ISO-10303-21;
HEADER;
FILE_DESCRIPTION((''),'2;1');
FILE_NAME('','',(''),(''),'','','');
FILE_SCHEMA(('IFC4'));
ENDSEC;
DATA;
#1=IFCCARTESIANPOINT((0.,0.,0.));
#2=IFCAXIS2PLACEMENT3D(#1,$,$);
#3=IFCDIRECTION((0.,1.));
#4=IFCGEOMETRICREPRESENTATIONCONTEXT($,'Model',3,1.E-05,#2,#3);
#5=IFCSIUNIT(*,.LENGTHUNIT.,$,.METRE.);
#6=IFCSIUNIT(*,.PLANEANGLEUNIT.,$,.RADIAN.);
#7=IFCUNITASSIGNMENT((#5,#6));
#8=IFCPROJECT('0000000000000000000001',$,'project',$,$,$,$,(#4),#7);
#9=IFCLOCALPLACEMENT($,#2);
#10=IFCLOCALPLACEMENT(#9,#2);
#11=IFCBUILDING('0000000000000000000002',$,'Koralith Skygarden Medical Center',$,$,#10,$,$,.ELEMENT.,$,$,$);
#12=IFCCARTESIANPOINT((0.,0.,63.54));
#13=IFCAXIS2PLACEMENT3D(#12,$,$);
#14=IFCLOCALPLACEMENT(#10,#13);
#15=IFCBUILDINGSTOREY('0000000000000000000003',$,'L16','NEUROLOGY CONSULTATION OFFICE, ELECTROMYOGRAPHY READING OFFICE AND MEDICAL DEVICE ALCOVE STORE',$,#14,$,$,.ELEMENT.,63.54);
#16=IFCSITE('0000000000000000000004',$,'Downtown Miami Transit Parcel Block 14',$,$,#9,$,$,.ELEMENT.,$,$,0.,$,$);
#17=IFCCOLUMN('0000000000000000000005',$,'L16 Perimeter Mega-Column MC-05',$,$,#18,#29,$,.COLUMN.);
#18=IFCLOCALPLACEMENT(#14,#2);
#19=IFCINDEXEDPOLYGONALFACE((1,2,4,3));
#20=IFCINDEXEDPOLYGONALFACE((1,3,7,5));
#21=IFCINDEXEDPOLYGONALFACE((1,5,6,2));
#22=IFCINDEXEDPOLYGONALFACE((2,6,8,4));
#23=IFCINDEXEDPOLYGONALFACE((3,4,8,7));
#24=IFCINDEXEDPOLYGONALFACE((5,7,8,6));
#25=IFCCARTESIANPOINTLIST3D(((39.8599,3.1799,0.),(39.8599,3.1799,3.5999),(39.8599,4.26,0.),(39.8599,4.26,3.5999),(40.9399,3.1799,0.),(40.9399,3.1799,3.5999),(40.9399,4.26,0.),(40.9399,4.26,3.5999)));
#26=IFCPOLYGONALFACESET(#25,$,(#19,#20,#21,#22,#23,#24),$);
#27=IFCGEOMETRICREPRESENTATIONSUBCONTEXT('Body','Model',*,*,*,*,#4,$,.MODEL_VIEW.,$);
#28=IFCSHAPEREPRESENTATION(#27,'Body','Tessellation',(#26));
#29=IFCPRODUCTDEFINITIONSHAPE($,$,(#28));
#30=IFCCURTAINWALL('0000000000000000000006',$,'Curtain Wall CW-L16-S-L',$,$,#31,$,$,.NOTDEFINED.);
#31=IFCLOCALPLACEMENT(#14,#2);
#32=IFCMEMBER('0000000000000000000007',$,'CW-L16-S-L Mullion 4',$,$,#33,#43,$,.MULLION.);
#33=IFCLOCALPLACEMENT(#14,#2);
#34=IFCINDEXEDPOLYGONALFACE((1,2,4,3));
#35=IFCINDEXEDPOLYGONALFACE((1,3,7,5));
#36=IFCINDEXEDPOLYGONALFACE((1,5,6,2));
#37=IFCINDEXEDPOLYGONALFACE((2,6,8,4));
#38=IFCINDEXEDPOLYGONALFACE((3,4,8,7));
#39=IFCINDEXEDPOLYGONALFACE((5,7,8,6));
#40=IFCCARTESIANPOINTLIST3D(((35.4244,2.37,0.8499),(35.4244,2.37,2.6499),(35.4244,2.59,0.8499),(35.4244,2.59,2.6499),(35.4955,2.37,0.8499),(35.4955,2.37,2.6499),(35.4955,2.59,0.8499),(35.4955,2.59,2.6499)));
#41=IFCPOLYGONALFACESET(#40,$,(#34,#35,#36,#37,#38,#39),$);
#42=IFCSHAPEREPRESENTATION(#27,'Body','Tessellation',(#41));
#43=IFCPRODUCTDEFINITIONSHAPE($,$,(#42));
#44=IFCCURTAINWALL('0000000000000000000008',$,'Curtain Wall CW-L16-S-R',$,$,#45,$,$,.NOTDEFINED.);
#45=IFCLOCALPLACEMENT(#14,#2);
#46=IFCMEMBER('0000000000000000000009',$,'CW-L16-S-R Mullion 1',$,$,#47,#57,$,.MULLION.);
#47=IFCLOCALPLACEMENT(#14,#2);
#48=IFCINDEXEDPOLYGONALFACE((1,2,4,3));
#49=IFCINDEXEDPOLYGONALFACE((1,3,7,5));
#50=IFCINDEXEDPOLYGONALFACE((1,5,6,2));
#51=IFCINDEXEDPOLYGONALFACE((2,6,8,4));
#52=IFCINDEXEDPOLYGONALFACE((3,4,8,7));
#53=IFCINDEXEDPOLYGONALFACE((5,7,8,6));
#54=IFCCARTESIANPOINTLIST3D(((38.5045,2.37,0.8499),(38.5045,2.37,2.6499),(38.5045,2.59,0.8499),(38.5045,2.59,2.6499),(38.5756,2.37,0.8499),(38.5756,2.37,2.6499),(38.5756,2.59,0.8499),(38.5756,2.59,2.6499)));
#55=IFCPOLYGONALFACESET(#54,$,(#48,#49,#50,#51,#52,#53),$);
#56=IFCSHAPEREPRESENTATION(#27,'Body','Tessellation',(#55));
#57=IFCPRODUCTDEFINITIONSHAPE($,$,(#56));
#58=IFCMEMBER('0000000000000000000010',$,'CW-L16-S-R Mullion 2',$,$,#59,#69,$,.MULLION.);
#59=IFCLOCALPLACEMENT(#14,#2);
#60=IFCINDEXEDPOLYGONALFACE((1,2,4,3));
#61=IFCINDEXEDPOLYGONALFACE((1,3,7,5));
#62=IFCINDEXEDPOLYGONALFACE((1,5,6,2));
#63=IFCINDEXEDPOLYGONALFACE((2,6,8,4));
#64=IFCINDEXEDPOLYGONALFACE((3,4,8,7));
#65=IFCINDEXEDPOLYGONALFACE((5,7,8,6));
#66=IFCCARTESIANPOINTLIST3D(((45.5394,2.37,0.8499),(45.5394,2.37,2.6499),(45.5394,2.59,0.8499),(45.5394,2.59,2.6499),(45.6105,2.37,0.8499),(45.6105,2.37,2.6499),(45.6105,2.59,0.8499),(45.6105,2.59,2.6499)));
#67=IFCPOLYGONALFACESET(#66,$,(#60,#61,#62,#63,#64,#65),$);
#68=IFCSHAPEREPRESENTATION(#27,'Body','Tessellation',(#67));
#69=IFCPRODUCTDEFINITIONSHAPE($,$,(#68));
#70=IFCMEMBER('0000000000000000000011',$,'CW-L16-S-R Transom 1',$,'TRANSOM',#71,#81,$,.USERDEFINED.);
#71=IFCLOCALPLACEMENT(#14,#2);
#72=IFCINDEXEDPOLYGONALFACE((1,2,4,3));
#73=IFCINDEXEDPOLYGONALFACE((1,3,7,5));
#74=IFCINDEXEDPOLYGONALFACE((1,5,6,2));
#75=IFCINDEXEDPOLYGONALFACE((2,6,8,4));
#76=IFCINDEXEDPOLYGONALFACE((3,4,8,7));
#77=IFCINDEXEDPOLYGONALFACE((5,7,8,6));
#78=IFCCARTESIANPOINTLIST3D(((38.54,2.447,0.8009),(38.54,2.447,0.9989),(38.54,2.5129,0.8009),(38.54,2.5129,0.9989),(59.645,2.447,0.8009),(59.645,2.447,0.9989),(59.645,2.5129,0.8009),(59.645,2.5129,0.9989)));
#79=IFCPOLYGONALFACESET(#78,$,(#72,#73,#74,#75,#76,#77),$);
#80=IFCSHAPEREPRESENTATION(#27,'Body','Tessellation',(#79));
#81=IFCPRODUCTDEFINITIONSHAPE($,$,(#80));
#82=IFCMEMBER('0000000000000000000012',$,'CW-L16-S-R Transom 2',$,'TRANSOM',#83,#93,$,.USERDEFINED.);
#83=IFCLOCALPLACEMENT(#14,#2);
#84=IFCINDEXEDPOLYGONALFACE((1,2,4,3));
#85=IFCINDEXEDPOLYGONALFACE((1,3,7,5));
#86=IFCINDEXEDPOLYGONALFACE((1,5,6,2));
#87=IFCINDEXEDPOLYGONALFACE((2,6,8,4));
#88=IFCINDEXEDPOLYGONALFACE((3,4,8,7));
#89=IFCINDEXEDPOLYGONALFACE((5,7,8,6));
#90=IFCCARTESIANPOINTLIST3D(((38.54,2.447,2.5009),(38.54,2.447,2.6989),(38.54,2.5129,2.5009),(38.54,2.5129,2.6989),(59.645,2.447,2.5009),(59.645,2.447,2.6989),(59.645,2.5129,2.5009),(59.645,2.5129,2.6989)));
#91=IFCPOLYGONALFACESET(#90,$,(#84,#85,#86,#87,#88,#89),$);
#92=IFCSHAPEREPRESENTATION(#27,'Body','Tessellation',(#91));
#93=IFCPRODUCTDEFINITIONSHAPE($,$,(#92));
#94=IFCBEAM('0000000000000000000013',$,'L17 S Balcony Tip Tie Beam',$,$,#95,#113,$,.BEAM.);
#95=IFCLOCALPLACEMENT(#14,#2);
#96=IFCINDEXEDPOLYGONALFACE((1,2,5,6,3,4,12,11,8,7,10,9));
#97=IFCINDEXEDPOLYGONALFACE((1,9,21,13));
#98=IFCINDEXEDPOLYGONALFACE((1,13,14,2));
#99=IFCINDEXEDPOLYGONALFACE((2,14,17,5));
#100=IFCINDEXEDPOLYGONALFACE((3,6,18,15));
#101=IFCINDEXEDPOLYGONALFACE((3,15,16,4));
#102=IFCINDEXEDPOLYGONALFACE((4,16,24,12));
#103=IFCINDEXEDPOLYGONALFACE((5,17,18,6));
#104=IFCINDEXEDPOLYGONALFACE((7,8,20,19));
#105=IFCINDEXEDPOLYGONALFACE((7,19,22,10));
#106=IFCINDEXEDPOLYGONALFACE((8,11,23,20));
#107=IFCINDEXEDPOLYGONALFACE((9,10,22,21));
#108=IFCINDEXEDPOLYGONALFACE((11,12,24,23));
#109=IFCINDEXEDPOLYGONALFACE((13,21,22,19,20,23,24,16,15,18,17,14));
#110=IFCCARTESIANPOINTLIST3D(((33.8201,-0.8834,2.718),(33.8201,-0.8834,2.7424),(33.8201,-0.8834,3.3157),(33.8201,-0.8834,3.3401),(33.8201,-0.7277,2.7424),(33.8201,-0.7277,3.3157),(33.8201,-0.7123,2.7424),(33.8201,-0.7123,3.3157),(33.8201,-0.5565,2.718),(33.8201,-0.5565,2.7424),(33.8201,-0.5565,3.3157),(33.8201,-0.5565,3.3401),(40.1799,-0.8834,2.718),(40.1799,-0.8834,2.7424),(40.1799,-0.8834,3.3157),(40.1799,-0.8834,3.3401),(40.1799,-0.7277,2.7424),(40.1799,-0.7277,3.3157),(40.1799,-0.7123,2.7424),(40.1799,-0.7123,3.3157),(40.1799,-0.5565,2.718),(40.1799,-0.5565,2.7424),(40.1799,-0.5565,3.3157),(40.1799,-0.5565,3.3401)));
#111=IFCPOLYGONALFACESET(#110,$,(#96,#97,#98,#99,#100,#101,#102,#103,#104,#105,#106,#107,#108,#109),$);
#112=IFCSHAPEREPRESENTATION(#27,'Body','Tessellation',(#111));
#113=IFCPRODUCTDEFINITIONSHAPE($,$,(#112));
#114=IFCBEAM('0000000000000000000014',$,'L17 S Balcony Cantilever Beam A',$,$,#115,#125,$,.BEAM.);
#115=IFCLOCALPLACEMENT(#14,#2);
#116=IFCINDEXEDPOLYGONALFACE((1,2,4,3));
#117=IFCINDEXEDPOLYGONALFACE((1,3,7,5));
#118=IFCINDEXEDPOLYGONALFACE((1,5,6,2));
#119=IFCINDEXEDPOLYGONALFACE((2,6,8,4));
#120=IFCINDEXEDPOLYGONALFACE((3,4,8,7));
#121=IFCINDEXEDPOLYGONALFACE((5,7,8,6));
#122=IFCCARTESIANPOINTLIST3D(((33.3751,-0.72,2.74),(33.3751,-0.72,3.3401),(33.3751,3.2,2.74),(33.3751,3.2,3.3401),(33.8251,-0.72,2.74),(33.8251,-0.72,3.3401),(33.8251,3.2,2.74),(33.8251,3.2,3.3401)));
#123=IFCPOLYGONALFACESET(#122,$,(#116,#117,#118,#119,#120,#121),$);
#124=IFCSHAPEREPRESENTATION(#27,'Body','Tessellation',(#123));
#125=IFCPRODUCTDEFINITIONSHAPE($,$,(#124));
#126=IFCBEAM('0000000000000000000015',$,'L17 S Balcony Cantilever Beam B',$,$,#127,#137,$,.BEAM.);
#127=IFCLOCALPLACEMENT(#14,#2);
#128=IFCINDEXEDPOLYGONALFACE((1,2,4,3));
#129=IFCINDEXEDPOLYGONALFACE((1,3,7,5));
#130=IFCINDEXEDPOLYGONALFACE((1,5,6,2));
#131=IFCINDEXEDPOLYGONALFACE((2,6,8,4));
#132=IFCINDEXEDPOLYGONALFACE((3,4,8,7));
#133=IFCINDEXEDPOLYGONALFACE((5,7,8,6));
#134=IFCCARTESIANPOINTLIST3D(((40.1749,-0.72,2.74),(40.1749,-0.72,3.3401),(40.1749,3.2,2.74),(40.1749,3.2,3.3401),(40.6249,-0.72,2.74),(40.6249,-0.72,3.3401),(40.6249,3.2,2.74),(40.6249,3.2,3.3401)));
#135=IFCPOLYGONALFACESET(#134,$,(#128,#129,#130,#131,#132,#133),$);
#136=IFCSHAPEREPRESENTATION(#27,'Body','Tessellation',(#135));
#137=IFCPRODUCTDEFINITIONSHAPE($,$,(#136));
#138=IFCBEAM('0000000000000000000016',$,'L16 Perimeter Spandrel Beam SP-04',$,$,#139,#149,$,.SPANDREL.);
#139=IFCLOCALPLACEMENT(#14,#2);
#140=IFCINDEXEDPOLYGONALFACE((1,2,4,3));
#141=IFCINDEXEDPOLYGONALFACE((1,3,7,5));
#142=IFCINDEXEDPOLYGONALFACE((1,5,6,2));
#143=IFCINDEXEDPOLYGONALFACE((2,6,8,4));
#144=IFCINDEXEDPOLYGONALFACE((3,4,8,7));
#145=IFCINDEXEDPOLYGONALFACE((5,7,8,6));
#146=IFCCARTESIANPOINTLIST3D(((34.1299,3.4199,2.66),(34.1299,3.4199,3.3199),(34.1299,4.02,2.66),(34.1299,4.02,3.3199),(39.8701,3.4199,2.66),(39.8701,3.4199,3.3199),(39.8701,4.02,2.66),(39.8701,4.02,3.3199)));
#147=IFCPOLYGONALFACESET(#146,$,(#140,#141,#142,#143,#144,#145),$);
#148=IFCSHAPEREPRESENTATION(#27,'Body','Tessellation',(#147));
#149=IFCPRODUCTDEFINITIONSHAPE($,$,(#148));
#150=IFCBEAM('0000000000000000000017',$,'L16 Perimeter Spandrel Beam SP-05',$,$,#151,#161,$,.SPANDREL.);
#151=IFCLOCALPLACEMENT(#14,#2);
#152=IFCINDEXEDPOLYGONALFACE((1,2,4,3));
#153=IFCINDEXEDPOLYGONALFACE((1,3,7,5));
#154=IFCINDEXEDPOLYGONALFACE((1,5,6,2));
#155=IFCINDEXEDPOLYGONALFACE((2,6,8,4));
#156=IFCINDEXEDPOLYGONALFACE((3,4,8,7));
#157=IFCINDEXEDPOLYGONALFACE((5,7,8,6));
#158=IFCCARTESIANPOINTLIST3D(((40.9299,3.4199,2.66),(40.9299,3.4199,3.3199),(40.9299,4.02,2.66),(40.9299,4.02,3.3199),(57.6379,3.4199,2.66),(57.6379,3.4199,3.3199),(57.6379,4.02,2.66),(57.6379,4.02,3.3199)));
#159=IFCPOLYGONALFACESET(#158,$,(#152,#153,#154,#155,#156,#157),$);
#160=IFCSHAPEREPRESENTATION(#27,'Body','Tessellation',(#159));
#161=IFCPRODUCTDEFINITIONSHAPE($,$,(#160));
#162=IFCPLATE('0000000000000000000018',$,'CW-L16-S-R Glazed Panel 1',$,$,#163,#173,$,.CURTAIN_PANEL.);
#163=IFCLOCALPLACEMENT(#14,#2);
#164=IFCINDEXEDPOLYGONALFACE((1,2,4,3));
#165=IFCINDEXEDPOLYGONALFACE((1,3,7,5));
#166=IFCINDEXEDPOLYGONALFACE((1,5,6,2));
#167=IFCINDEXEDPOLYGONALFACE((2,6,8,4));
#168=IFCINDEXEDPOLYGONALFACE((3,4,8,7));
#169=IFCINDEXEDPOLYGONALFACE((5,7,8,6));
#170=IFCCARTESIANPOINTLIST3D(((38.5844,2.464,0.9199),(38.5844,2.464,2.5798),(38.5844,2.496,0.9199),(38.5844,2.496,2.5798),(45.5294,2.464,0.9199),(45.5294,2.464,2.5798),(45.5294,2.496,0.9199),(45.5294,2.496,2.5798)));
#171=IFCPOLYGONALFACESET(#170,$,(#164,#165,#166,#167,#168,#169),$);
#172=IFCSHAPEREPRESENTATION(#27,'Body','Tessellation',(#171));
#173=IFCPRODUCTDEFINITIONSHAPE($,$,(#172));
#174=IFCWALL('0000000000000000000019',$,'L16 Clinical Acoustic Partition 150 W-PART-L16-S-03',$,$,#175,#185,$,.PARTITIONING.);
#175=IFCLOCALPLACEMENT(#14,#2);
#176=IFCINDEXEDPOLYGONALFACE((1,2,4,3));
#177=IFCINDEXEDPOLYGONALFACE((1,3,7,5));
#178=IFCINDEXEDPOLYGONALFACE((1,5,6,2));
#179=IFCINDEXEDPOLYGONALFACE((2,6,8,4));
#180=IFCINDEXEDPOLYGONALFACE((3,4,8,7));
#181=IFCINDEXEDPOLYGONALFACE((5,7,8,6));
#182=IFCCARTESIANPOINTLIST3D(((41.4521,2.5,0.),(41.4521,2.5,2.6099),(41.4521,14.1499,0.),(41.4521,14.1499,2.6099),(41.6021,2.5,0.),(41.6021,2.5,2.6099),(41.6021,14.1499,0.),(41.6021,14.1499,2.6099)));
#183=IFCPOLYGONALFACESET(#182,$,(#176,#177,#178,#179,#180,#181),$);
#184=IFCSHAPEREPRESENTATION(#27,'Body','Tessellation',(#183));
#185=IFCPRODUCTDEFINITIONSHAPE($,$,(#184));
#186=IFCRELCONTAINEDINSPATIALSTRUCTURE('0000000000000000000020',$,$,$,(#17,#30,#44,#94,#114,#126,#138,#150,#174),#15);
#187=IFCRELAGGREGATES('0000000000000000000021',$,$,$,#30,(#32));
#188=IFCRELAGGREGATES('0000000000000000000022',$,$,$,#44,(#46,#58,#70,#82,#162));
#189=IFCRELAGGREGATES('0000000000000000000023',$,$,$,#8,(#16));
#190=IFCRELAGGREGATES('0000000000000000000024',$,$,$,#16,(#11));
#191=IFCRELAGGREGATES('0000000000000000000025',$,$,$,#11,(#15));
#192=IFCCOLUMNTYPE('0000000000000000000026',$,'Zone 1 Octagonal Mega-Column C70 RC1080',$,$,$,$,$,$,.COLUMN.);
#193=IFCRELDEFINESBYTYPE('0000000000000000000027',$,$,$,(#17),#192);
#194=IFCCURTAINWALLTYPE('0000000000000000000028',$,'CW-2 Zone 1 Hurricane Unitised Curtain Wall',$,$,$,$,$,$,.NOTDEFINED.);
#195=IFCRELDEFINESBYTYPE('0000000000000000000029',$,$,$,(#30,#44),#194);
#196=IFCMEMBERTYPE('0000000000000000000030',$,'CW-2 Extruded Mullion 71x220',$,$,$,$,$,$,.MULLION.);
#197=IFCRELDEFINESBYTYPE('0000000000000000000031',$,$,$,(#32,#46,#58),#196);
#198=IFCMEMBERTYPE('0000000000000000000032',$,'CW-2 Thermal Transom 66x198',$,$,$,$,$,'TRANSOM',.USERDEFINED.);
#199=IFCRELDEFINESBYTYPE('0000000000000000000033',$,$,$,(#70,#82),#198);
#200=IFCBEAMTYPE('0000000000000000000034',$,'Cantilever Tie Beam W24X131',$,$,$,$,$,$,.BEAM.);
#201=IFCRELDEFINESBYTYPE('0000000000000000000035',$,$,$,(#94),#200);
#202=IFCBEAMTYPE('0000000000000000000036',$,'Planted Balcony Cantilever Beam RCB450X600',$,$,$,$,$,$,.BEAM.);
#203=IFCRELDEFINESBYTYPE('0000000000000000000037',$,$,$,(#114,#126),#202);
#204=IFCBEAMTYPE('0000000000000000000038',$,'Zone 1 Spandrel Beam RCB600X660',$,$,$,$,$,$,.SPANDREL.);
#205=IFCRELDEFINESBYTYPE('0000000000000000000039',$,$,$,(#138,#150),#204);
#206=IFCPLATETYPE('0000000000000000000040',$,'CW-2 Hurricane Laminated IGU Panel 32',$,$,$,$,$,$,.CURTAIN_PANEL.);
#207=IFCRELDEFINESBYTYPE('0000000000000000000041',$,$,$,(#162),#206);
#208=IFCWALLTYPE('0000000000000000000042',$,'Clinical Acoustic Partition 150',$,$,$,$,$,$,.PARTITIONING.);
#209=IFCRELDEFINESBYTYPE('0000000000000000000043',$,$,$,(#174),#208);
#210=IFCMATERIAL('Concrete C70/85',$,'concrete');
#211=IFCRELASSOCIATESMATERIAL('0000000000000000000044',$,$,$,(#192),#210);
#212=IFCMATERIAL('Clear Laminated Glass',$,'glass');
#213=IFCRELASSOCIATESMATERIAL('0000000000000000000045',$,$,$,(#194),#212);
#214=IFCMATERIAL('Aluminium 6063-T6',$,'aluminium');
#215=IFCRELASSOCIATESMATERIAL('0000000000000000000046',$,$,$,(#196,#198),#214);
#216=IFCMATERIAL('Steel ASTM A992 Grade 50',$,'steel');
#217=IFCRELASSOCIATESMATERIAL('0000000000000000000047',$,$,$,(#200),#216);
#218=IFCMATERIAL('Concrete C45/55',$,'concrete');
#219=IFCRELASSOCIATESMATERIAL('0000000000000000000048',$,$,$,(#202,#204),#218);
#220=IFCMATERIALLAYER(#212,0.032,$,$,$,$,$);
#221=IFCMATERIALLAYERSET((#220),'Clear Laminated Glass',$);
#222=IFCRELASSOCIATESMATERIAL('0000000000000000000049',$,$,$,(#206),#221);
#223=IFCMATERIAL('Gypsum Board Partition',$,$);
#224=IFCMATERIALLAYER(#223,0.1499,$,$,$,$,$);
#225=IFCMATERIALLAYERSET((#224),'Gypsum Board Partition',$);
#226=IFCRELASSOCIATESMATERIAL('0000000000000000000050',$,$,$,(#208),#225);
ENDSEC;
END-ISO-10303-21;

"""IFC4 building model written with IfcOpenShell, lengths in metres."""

from ifc_helpers import new_model, si_unit, direction, frame, frame_2d, origin, origin_2d, place, context, subcontext, project, spatial, rectangle, i_section, extrude, material, layer, layer_set, material_profile, profile_set, type_object, element, aggregate, save


model = new_model("IFC4")

# Units and contexts
model_context = context("Model", 3, precision=1e-05, world=origin(), true_north=direction((0.0, 1.0)))
body_context = subcontext(model_context, "Body", "Model", "MODEL_VIEW")
ifc_project = project(units=[si_unit("LENGTHUNIT", "METRE"), si_unit("PLANEANGLEUNIT", "RADIAN")], contexts=[model_context])

# Site, building, storey
site_placement = place(None, origin())
site = spatial("IfcSite", under=ifc_project, at=site_placement, Name="Downtown Miami Transit Parcel Block 14", CompositionType="ELEMENT", RefElevation=0.0)
building_placement = place(site_placement, origin())
building = spatial("IfcBuilding", under=site, at=building_placement, Name="Koralith Skygarden Medical Center", CompositionType="ELEMENT")
storey_placement = place(building_placement, frame((0.0, 0.0, 63.54)))
storey = spatial("IfcBuildingStorey", under=building, at=storey_placement, Name="L16", Description="NEUROLOGY CONSULTATION OFFICE, ELECTROMYOGRAPHY READING OFFICE AND MEDICAL DEVICE ALCOVE STORE", CompositionType="ELEMENT", Elevation=63.54)

# Column
ifc_material_1 = material(Name="Concrete C70/85", Category="concrete")
ifc_material_profile_1 = material_profile(ifc_material_1, rectangle(XDim=1.0801, YDim=1.0801, at=origin_2d()), Name="RC1080X1080")
ifc_profile_set_1 = profile_set([ifc_material_profile_1], Name="Concrete C70/85")
column_type = type_object("IfcColumnType", Name="Zone 1 Octagonal Mega-Column C70 RC1080", PredefinedType="COLUMN", material=ifc_profile_set_1)
column_placement = place(storey_placement, frame((40.3999, 3.72, 0.0), z_axis=(0.0, 0.0, 1.0), x_axis=(1.0, 0.0, 0.0)))
element("IfcColumn", 1, at=column_placement, inside=storey, type_object=column_type, Name="L16 Perimeter Mega-Column MC-05", PredefinedType="COLUMN", context=body_context, shape_type="SweptSolid", body=[
    extrude(rectangle(XDim=1.0801, YDim=1.0801, at=origin_2d()), origin(), (0.0, 0.0, 1.0), 3.5999),
])

# Curtain wall, member
ifc_material_2 = material(Name="Clear Laminated Glass", Category="glass")
curtain_wall_type = type_object("IfcCurtainWallType", Name="CW-2 Zone 1 Hurricane Unitised Curtain Wall", PredefinedType="NOTDEFINED", material=ifc_material_2)
curtain_wall_1_placement = place(storey_placement, origin())
curtain_wall_1 = element("IfcCurtainWall", 2, at=curtain_wall_1_placement, inside=storey, type_object=curtain_wall_type, Name="Curtain Wall CW-L16-S-L", PredefinedType="NOTDEFINED")
ifc_material_3 = material(Name="Aluminium 6063-T6", Category="aluminium")
ifc_material_profile_2 = material_profile(ifc_material_3, rectangle(XDim=0.071, YDim=0.22, at=origin_2d()), Name="MUL71X220")
ifc_profile_set_2 = profile_set([ifc_material_profile_2], Name="Aluminium 6063-T6")
member_type_1 = type_object("IfcMemberType", Name="CW-2 Extruded Mullion 71x220", PredefinedType="MULLION", material=ifc_profile_set_2)
member_1_placement = place(storey_placement, frame((35.46, 2.48, 0.8499), z_axis=(0.0, 0.0, 1.0), x_axis=(1.0, 0.0, 0.0)))
member_1 = element("IfcMember", 3, at=member_1_placement, type_object=member_type_1, Name="CW-L16-S-L Mullion 4", PredefinedType="MULLION", context=body_context, shape_type="SweptSolid", body=[
    extrude(rectangle(XDim=0.071, YDim=0.22, at=origin_2d()), origin(), (0.0, 0.0, 1.0), 1.8),
])
aggregate(curtain_wall_1, [member_1])

# Curtain wall, members
curtain_wall_2_placement = place(storey_placement, origin())
curtain_wall_2 = element("IfcCurtainWall", 4, at=curtain_wall_2_placement, inside=storey, type_object=curtain_wall_type, Name="Curtain Wall CW-L16-S-R", PredefinedType="NOTDEFINED")
member_2_placement = place(storey_placement, frame((38.54, 2.48, 0.8499), z_axis=(0.0, 0.0, 1.0), x_axis=(1.0, 0.0, 0.0)))
member_2 = element("IfcMember", 5, at=member_2_placement, type_object=member_type_1, Name="CW-L16-S-R Mullion 1", PredefinedType="MULLION", context=body_context, shape_type="SweptSolid", body=[
    extrude(rectangle(XDim=0.071, YDim=0.22, at=origin_2d()), origin(), (0.0, 0.0, 1.0), 1.8),
])
member_3_placement = place(storey_placement, frame((45.575, 2.48, 0.8499), z_axis=(0.0, 0.0, 1.0), x_axis=(1.0, 0.0, 0.0)))
member_3 = element("IfcMember", 6, at=member_3_placement, type_object=member_type_1, Name="CW-L16-S-R Mullion 2", PredefinedType="MULLION", context=body_context, shape_type="SweptSolid", body=[
    extrude(rectangle(XDim=0.071, YDim=0.22, at=origin_2d()), origin(), (0.0, 0.0, 1.0), 1.8),
])
ifc_material_profile_3 = material_profile(ifc_material_3, rectangle(XDim=0.0659, YDim=0.198, at=origin_2d()), Name="TRN66X198")
ifc_profile_set_3 = profile_set([ifc_material_profile_3], Name="Aluminium 6063-T6")
member_type_2 = type_object("IfcMemberType", Name="CW-2 Thermal Transom 66x198", ElementType="TRANSOM", PredefinedType="USERDEFINED", material=ifc_profile_set_3)
member_4_placement = place(storey_placement, frame((38.54, 2.48, 0.8999), z_axis=(1.0, 0.0, 0.0), x_axis=(0.0, 1.0, 0.0)))
member_4 = element("IfcMember", 7, at=member_4_placement, type_object=member_type_2, Name="CW-L16-S-R Transom 1", ObjectType="TRANSOM", PredefinedType="USERDEFINED", context=body_context, shape_type="SweptSolid", body=[
    extrude(rectangle(XDim=0.0659, YDim=0.198, at=origin_2d()), origin(), (0.0, 0.0, 1.0), 21.105),
])
member_5_placement = place(storey_placement, frame((38.54, 2.48, 2.5999), z_axis=(1.0, 0.0, 0.0), x_axis=(0.0, 1.0, 0.0)))
member_5 = element("IfcMember", 8, at=member_5_placement, type_object=member_type_2, Name="CW-L16-S-R Transom 2", ObjectType="TRANSOM", PredefinedType="USERDEFINED", context=body_context, shape_type="SweptSolid", body=[
    extrude(rectangle(XDim=0.0659, YDim=0.198, at=origin_2d()), origin(), (0.0, 0.0, 1.0), 21.105),
])

# Beams
ifc_material_4 = material(Name="Steel ASTM A992 Grade 50", Category="steel")
ifc_material_profile_4 = material_profile(ifc_material_4, i_section(OverallWidth=0.3269, OverallDepth=0.6221, WebThickness=0.0154, FlangeThickness=0.0244, at=origin_2d()), Name="W24X131")
ifc_profile_set_4 = profile_set([ifc_material_profile_4], Name="Steel ASTM A992 Grade 50")
beam_type_1 = type_object("IfcBeamType", Name="Cantilever Tie Beam W24X131", PredefinedType="BEAM", material=ifc_profile_set_4)
beam_1_placement = place(storey_placement, frame((33.8201, -0.72, 3.0291), z_axis=(1.0, 0.0, 0.0), x_axis=(0.0, 1.0, 0.0)))
element("IfcBeam", 9, at=beam_1_placement, inside=storey, type_object=beam_type_1, Name="L17 S Balcony Tip Tie Beam", PredefinedType="BEAM", context=body_context, shape_type="SweptSolid", body=[
    extrude(i_section(OverallWidth=0.3269, OverallDepth=0.6221, WebThickness=0.0154, FlangeThickness=0.0244, at=origin_2d()), origin(), (0.0, 0.0, 1.0), 6.3599),
])
ifc_material_5 = material(Name="Concrete C45/55", Category="concrete")
ifc_material_profile_5 = material_profile(ifc_material_5, rectangle(XDim=0.45, YDim=0.6001, at=origin_2d()), Name="RCB450X600")
ifc_profile_set_5 = profile_set([ifc_material_profile_5], Name="Concrete C45/55")
beam_type_2 = type_object("IfcBeamType", Name="Planted Balcony Cantilever Beam RCB450X600", PredefinedType="BEAM", material=ifc_profile_set_5)
for number, where, z_axis, x_axis, name in (
    (10, (33.6001, 3.2, 3.04), (0.0, -1.0, 0.0), (1.0, 0.0, 0.0), "L17 S Balcony Cantilever Beam A"),
    (11, (40.3999, 3.2, 3.04), (0.0, -1.0, 0.0), (1.0, 0.0, 0.0), "L17 S Balcony Cantilever Beam B"),
):
    element("IfcBeam", number, at=place(storey_placement, frame(where, z_axis=z_axis, x_axis=x_axis)), inside=storey, type_object=beam_type_2, Name=name, PredefinedType="BEAM", context=body_context, shape_type="SweptSolid", body=[
        extrude(rectangle(XDim=0.45, YDim=0.6001, at=origin_2d()), origin(), (0.0, 0.0, 1.0), 3.9199),
    ])
ifc_material_profile_6 = material_profile(ifc_material_5, rectangle(XDim=0.6001, YDim=0.6599, at=origin_2d()), Name="RCB600X660")
ifc_profile_set_6 = profile_set([ifc_material_profile_6], Name="Concrete C45/55")
beam_type_3 = type_object("IfcBeamType", Name="Zone 1 Spandrel Beam RCB600X660", PredefinedType="SPANDREL", material=ifc_profile_set_6)
beam_2_placement = place(storey_placement, frame((34.1299, 3.72, 2.99), z_axis=(1.0, 0.0, 0.0), x_axis=(0.0, 1.0, 0.0)))
element("IfcBeam", 12, at=beam_2_placement, inside=storey, type_object=beam_type_3, Name="L16 Perimeter Spandrel Beam SP-04", PredefinedType="SPANDREL", context=body_context, shape_type="SweptSolid", body=[
    extrude(rectangle(XDim=0.6001, YDim=0.6599, at=origin_2d()), origin(), (0.0, 0.0, 1.0), 5.7402),
])
beam_3_placement = place(storey_placement, frame((40.9299, 3.72, 2.99), z_axis=(1.0, 0.0, 0.0), x_axis=(0.0, 1.0, 0.0)))
element("IfcBeam", 13, at=beam_3_placement, inside=storey, type_object=beam_type_3, Name="L16 Perimeter Spandrel Beam SP-05", PredefinedType="SPANDREL", context=body_context, shape_type="SweptSolid", body=[
    extrude(rectangle(XDim=0.6001, YDim=0.6599, at=origin_2d()), origin(), (0.0, 0.0, 1.0), 16.708),
])

# Plate
ifc_layer_1 = layer(ifc_material_2, 0.032)
ifc_layer_set_1 = layer_set([ifc_layer_1], Name="Clear Laminated Glass")
plate_type = type_object("IfcPlateType", Name="CW-2 Hurricane Laminated IGU Panel 32", PredefinedType="CURTAIN_PANEL", material=ifc_layer_set_1)
plate_placement = place(storey_placement, frame((42.0569, 2.48, 0.9199), z_axis=(0.0, 0.0, 1.0), x_axis=(1.0, 0.0, 0.0)))
plate = element("IfcPlate", 14, at=plate_placement, type_object=plate_type, Name="CW-L16-S-R Glazed Panel 1", PredefinedType="CURTAIN_PANEL", context=body_context, shape_type="SweptSolid", body=[
    extrude(rectangle(XDim=6.9451, YDim=0.032, at=origin_2d()), origin(), (0.0, 0.0, 1.0), 1.6599),
])
aggregate(curtain_wall_2, [member_2, member_3, member_4, member_5, plate])

# Wall
ifc_material_6 = material(Name="Gypsum Board Partition")
ifc_layer_2 = layer(ifc_material_6, 0.1499)
ifc_layer_set_2 = layer_set([ifc_layer_2], Name="Gypsum Board Partition")
wall_type_1 = type_object("IfcWallType", Name="Clinical Acoustic Partition 150", PredefinedType="PARTITIONING", material=ifc_layer_set_2)
wall_1_placement = place(storey_placement, frame((41.5271, 14.1499, 0.0), z_axis=(0.0, 0.0, 1.0), x_axis=(0.0, -1.0, 0.0)))
element("IfcWall", 15, at=wall_1_placement, inside=storey, type_object=wall_type_1, Name="L16 Clinical Acoustic Partition 150 W-PART-L16-S-03", PredefinedType="PARTITIONING", context=body_context, shape_type="SweptSolid", body=[
    extrude(rectangle(XDim=11.6499, YDim=0.1499, at=frame_2d((5.825, 0.0))), origin(), (0.0, 0.0, 1.0), 2.6099),
])

save(model, "model.ifc")
